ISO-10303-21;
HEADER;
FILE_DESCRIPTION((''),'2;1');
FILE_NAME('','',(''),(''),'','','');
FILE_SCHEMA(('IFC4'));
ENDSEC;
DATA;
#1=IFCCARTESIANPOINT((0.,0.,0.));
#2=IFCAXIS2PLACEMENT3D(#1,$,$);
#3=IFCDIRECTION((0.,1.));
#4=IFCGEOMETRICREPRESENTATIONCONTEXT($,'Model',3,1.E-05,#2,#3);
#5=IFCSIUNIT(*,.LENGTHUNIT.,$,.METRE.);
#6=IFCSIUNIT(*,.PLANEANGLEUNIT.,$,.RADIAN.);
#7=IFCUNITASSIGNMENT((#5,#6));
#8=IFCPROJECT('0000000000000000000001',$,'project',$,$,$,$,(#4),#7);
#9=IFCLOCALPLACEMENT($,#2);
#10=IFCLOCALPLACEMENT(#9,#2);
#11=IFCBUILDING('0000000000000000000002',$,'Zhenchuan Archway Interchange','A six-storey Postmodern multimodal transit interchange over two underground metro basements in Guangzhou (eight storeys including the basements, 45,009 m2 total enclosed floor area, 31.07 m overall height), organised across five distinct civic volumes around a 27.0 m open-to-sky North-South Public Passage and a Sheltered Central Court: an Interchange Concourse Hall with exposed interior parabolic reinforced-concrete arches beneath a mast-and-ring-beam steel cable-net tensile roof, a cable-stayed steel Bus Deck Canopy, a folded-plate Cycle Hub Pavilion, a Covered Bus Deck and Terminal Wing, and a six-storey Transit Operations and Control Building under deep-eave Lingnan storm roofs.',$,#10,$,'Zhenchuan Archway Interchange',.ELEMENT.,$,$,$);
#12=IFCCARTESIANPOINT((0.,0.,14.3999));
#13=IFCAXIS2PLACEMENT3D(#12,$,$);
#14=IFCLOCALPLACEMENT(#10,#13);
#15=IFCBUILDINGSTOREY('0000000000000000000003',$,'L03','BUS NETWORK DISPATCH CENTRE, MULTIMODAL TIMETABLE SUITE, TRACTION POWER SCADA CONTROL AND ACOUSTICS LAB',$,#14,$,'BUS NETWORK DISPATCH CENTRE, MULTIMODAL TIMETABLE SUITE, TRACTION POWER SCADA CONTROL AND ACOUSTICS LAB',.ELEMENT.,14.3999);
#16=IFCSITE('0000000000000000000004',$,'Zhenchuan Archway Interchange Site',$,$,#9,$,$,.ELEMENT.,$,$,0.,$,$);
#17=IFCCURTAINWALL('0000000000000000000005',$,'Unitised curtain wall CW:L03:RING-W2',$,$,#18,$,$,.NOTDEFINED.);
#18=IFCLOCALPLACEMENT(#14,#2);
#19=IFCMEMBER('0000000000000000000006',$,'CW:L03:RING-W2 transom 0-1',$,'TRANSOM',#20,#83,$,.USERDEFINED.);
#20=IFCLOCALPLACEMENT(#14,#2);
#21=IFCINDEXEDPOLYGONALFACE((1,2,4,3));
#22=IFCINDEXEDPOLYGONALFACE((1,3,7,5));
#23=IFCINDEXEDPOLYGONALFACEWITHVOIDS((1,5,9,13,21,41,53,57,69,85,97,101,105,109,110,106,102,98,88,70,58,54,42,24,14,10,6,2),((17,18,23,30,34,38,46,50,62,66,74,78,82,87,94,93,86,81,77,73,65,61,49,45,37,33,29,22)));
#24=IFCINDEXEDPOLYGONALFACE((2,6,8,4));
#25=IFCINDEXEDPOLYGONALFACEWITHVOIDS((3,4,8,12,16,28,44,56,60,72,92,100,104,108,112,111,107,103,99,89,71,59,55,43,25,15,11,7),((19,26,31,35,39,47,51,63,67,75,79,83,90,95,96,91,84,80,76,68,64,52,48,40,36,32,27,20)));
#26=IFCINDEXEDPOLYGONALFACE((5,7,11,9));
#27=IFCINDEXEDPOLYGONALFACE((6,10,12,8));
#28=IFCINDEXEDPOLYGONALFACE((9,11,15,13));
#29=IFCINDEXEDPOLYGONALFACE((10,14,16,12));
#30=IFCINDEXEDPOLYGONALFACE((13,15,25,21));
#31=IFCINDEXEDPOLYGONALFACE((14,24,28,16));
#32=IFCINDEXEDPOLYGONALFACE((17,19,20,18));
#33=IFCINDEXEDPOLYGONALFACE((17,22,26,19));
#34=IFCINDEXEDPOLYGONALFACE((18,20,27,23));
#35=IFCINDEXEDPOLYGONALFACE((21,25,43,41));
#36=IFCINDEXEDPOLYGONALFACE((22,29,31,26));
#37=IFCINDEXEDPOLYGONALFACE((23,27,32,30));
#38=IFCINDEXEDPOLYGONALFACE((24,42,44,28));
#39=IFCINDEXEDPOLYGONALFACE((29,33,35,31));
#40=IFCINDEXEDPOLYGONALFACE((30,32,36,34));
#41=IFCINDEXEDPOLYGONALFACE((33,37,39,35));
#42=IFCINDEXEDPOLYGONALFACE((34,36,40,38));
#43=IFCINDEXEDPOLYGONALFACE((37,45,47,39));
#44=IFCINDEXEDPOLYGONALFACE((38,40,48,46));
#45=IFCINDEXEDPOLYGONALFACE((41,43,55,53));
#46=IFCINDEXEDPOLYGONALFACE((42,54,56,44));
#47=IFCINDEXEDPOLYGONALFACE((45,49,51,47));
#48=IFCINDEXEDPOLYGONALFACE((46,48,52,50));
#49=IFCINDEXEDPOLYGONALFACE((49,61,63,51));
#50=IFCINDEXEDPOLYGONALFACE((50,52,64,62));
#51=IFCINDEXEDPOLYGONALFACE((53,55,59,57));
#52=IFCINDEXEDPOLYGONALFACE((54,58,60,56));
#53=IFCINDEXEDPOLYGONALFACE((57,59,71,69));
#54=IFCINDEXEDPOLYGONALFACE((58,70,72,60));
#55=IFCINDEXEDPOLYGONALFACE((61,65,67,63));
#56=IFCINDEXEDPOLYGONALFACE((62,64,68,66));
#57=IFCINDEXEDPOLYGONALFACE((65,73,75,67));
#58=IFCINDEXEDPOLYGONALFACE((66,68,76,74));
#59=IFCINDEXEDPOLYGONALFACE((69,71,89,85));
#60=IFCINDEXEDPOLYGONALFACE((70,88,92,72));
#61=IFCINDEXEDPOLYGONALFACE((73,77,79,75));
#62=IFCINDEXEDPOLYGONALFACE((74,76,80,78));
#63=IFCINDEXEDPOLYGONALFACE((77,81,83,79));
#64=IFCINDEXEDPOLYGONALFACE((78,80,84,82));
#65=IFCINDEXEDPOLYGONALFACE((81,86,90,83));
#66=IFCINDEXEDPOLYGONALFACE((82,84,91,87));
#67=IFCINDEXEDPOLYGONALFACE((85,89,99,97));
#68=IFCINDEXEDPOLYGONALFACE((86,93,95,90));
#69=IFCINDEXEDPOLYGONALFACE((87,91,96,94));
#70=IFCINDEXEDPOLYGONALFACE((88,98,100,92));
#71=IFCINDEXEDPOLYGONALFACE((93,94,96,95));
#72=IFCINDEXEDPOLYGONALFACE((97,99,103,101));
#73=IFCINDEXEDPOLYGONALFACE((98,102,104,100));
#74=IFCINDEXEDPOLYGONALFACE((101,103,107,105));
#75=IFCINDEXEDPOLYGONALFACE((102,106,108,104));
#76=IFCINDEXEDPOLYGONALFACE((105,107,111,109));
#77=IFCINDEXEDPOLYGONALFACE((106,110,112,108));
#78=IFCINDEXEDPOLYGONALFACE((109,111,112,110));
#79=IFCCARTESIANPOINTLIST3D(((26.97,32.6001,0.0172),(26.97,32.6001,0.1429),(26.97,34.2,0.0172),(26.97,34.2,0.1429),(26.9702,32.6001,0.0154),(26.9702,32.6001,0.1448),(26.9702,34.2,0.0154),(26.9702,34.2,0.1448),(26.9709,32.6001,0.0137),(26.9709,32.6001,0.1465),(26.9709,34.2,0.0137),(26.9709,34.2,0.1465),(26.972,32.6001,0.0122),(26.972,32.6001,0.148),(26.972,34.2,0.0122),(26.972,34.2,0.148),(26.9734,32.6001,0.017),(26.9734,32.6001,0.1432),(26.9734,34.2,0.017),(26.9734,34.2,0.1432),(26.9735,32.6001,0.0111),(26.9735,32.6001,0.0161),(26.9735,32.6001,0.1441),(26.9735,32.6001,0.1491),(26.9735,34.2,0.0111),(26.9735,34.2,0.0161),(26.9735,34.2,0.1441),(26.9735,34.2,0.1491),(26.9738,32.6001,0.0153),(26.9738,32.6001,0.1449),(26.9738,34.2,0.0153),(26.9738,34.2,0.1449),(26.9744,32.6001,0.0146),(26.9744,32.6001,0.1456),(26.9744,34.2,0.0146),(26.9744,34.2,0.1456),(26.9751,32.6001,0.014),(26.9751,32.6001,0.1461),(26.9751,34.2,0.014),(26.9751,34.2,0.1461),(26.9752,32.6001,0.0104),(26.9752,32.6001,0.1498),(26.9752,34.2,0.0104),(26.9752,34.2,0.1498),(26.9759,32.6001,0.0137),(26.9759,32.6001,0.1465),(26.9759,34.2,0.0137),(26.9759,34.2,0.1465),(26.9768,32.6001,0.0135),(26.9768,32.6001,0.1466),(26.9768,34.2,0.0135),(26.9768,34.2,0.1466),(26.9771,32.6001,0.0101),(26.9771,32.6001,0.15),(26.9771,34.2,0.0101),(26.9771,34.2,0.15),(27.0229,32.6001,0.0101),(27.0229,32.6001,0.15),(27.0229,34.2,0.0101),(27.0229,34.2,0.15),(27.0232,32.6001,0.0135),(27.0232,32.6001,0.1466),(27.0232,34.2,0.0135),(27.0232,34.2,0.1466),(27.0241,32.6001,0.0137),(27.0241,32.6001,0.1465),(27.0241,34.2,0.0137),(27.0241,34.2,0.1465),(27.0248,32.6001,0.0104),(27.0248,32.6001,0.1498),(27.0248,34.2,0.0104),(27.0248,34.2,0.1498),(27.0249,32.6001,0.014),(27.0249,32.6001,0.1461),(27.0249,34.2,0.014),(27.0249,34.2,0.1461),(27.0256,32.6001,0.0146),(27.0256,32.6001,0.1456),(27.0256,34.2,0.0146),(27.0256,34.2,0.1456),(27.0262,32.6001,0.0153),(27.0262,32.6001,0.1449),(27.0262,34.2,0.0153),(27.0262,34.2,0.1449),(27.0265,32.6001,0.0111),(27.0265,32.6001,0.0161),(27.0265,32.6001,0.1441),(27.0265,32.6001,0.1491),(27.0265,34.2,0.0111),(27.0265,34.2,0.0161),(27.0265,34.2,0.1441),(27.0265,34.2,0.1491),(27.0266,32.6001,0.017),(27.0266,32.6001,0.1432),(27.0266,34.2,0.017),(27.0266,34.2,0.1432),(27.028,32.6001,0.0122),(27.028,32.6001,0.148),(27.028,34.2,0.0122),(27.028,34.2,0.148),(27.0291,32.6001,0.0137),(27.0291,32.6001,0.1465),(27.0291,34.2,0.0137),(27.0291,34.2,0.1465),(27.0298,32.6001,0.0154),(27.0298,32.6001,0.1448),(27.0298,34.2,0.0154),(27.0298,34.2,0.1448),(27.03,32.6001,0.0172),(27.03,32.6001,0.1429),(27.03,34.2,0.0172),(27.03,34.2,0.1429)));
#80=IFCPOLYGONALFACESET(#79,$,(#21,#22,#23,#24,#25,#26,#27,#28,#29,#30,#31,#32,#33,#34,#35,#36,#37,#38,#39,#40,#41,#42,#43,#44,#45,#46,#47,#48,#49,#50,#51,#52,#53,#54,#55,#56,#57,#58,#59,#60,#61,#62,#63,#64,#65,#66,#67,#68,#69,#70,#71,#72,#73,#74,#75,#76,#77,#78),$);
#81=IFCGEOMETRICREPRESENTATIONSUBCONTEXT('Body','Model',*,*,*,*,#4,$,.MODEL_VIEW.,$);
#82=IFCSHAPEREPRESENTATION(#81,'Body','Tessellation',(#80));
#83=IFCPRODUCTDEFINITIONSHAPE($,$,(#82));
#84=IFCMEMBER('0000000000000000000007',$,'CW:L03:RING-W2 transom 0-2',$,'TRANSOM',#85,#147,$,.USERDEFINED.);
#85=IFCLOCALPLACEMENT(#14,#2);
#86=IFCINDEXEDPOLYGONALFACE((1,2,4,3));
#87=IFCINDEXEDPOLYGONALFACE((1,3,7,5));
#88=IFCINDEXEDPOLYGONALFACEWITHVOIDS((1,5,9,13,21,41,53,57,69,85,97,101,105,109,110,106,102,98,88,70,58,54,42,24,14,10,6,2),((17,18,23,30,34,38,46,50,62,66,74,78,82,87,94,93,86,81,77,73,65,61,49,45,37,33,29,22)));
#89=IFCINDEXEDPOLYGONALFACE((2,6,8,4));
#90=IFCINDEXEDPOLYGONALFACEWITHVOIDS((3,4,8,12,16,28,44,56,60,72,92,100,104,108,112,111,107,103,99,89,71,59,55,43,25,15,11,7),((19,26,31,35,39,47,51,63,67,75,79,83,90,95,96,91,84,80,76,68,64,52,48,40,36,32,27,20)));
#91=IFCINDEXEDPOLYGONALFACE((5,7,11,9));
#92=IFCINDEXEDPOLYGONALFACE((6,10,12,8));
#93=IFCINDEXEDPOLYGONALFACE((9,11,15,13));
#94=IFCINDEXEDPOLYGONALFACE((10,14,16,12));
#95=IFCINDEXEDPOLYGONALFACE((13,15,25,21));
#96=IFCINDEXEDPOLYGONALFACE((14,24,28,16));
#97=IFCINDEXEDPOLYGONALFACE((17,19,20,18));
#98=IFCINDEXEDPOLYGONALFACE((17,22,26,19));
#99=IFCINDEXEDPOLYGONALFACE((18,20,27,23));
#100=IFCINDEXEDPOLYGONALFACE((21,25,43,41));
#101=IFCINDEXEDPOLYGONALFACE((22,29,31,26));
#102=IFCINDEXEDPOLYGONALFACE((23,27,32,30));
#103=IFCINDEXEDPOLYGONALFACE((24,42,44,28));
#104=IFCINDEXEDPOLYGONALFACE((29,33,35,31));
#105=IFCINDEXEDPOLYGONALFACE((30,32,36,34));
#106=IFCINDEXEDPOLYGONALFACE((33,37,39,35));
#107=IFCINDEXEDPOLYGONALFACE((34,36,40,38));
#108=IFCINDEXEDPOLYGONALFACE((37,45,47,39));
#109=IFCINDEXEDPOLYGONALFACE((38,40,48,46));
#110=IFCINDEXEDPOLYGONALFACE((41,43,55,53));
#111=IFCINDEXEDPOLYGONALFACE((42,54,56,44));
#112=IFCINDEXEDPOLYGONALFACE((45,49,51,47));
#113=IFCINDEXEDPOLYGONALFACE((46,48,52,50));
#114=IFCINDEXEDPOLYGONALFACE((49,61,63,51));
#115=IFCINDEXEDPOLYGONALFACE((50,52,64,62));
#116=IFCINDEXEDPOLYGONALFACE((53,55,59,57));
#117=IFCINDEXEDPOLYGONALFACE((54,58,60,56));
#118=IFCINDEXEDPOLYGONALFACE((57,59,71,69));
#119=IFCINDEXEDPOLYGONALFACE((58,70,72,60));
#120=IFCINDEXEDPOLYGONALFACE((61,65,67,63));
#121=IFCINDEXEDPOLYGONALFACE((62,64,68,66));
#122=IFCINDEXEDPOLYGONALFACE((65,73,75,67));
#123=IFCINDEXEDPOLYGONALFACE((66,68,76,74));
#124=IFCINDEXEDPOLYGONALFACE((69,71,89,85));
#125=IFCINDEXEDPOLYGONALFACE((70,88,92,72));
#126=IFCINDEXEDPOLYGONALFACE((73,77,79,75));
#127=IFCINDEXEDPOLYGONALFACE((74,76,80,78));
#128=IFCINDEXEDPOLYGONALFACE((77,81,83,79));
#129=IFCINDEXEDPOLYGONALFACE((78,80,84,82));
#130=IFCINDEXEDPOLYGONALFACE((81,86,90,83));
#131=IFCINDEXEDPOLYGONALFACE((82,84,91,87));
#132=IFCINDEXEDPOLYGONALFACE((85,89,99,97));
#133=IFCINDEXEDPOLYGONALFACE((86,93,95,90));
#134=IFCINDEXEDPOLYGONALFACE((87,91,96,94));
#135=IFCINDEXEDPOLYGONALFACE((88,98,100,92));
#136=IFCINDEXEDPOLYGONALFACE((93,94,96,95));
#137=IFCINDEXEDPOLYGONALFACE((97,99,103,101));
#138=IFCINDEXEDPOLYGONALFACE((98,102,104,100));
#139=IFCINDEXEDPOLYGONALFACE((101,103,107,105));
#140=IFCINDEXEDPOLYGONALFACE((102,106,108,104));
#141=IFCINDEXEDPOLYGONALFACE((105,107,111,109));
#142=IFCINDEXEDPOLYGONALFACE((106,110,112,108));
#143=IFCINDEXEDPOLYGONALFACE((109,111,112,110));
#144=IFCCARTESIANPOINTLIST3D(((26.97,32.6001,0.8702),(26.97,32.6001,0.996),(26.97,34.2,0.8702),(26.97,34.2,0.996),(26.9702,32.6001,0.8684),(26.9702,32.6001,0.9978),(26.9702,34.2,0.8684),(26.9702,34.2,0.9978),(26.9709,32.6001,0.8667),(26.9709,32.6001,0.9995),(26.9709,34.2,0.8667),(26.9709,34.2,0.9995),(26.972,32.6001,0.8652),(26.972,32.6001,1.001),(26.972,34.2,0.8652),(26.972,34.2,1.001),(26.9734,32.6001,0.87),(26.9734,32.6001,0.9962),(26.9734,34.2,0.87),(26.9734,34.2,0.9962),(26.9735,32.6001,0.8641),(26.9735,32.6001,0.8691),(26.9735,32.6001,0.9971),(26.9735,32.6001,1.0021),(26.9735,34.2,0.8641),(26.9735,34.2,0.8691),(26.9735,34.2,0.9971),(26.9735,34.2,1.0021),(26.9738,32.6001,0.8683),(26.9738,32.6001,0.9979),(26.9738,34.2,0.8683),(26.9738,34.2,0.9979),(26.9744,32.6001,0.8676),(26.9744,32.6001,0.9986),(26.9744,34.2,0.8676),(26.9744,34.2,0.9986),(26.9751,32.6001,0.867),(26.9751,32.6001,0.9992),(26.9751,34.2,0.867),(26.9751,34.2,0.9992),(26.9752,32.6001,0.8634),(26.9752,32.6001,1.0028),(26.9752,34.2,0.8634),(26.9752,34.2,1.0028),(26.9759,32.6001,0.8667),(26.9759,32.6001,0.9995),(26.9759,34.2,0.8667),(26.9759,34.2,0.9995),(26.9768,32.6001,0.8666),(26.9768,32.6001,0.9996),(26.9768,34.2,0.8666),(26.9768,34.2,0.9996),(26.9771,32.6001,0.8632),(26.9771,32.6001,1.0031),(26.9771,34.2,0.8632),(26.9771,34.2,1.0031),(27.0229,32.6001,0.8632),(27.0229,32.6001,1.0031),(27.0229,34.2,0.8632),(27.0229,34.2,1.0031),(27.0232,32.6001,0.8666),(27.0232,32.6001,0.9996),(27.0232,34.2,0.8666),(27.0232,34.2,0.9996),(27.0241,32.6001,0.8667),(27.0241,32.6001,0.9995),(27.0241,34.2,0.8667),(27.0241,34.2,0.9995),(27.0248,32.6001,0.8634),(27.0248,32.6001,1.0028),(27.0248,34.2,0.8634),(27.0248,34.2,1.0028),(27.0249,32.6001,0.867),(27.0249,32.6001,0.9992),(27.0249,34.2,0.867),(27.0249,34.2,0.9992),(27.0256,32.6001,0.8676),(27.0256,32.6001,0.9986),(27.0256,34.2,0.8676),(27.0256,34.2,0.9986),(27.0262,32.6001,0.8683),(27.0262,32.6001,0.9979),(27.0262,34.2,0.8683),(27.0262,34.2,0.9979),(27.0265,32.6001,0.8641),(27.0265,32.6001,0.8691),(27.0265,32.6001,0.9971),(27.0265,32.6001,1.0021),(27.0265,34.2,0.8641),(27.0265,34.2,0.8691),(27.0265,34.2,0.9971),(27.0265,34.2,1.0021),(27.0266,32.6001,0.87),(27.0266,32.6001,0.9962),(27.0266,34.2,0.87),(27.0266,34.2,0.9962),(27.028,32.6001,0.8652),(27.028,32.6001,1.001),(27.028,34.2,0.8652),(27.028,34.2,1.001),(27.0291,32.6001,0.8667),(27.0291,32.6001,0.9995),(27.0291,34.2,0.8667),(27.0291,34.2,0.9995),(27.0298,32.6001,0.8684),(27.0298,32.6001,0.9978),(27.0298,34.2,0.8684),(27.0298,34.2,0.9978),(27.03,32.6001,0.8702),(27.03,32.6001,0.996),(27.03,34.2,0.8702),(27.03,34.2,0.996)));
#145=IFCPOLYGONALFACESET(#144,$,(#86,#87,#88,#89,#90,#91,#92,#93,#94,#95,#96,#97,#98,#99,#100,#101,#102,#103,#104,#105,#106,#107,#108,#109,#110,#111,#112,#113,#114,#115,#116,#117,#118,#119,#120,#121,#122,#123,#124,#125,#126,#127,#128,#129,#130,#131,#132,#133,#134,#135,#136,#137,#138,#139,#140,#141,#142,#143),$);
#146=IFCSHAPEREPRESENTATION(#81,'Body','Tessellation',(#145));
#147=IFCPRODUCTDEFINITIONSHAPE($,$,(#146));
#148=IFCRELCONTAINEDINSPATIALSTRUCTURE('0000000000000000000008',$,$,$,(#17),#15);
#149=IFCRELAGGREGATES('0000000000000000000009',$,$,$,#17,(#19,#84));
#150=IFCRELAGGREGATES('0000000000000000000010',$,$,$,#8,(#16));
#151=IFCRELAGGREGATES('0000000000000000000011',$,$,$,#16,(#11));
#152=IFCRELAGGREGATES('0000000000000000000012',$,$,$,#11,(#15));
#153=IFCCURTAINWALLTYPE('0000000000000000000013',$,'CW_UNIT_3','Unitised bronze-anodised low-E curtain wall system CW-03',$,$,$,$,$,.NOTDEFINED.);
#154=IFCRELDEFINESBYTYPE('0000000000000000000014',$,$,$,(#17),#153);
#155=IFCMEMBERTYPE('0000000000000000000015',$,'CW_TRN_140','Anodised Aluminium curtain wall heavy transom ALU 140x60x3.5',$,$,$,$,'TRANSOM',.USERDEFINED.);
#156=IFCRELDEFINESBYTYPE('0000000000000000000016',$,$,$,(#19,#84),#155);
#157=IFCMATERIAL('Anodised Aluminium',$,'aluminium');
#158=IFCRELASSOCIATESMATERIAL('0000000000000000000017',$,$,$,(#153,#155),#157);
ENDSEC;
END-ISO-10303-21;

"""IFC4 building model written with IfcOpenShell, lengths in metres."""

from ifc_helpers import new_model, si_unit, direction, frame, origin, origin_2d, place, context, subcontext, project, spatial, hollow_rectangle, extrude, material, material_profile, profile_set, type_object, element, aggregate, save


model = new_model("IFC4")

# Units and contexts
model_context = context("Model", 3, precision=1e-05, world=origin(), true_north=direction((0.0, 1.0)))
body_context = subcontext(model_context, "Body", "Model", "MODEL_VIEW")
ifc_project = project(units=[si_unit("LENGTHUNIT", "METRE"), si_unit("PLANEANGLEUNIT", "RADIAN")], contexts=[model_context])

# Site, building, storey
site_placement = place(None, origin())
site = spatial("IfcSite", under=ifc_project, at=site_placement, Name="Zhenchuan Archway Interchange Site", CompositionType="ELEMENT", RefElevation=0.0)
building_placement = place(site_placement, origin())
building = spatial("IfcBuilding", under=site, at=building_placement, Name="Zhenchuan Archway Interchange", Description="A six-storey Postmodern multimodal transit interchange over two underground metro basements in Guangzhou (eight storeys including the basements, 45,009 m2 total enclosed floor area, 31.07 m overall height), organised across five distinct civic volumes around a 27.0 m open-to-sky North-South Public Passage and a Sheltered Central Court: an Interchange Concourse Hall with exposed interior parabolic reinforced-concrete arches beneath a mast-and-ring-beam steel cable-net tensile roof, a cable-stayed steel Bus Deck Canopy, a folded-plate Cycle Hub Pavilion, a Covered Bus Deck and Terminal Wing, and a six-storey Transit Operations and Control Building under deep-eave Lingnan storm roofs.", LongName="Zhenchuan Archway Interchange", CompositionType="ELEMENT")
storey_placement = place(building_placement, frame((0.0, 0.0, 14.3999)))
storey = spatial("IfcBuildingStorey", under=building, at=storey_placement, Name="L03", Description="BUS NETWORK DISPATCH CENTRE, MULTIMODAL TIMETABLE SUITE, TRACTION POWER SCADA CONTROL AND ACOUSTICS LAB", LongName="BUS NETWORK DISPATCH CENTRE, MULTIMODAL TIMETABLE SUITE, TRACTION POWER SCADA CONTROL AND ACOUSTICS LAB", CompositionType="ELEMENT", Elevation=14.3999)

# Curtain wall
ifc_material_1 = material(Name="Anodised Aluminium", Category="aluminium")
curtain_wall_type = type_object("IfcCurtainWallType", Name="CW_UNIT_3", Description="Unitised bronze-anodised low-E curtain wall system CW-03", PredefinedType="NOTDEFINED", material=ifc_material_1)
curtain_wall_1_placement = place(storey_placement, origin())
curtain_wall_1 = element("IfcCurtainWall", 1, at=curtain_wall_1_placement, inside=storey, type_object=curtain_wall_type, Name="Unitised curtain wall CW:L03:RING-W2", PredefinedType="NOTDEFINED")

# Members
ifc_material_profile_1 = material_profile(ifc_material_1, hollow_rectangle(XDim=0.0601, YDim=0.1399, WallThickness=0.0034, InnerFilletRadius=0.0034, OuterFilletRadius=0.0071, at=origin_2d()), Name="ALU 140x60x3.5")
ifc_profile_set_1 = profile_set([ifc_material_profile_1], Name="Anodised Aluminium")
member_type_1 = type_object("IfcMemberType", Name="CW_TRN_140", Description="Anodised Aluminium curtain wall heavy transom ALU 140x60x3.5", ElementType="TRANSOM", PredefinedType="USERDEFINED", material=ifc_profile_set_1)
member_1_placement = place(storey_placement, frame((27.0, 32.6001, 0.0801), z_axis=(0.0, 1.0, 0.0), x_axis=(-1.0, 0.0, 0.0)))
member_1 = element("IfcMember", 2, at=member_1_placement, type_object=member_type_1, Name="CW:L03:RING-W2 transom 0-1", ObjectType="TRANSOM", PredefinedType="USERDEFINED", context=body_context, shape_type="SweptSolid", body=[
    extrude(hollow_rectangle(XDim=0.0601, YDim=0.1399, WallThickness=0.0034, InnerFilletRadius=0.0034, OuterFilletRadius=0.0071, at=origin_2d()), origin(), (0.0, 0.0, 1.0), 1.5999),
])
member_2_placement = place(storey_placement, frame((27.0, 32.6001, 0.9331), z_axis=(0.0, 1.0, 0.0), x_axis=(-1.0, 0.0, 0.0)))
member_2 = element("IfcMember", 3, at=member_2_placement, type_object=member_type_1, Name="CW:L03:RING-W2 transom 0-2", ObjectType="TRANSOM", PredefinedType="USERDEFINED", context=body_context, shape_type="SweptSolid", body=[
    extrude(hollow_rectangle(XDim=0.0601, YDim=0.1399, WallThickness=0.0034, InnerFilletRadius=0.0034, OuterFilletRadius=0.0071, at=origin_2d()), origin(), (0.0, 0.0, 1.0), 1.5999),
])

aggregate(curtain_wall_1, [member_1, member_2])

save(model, "model.ifc")
